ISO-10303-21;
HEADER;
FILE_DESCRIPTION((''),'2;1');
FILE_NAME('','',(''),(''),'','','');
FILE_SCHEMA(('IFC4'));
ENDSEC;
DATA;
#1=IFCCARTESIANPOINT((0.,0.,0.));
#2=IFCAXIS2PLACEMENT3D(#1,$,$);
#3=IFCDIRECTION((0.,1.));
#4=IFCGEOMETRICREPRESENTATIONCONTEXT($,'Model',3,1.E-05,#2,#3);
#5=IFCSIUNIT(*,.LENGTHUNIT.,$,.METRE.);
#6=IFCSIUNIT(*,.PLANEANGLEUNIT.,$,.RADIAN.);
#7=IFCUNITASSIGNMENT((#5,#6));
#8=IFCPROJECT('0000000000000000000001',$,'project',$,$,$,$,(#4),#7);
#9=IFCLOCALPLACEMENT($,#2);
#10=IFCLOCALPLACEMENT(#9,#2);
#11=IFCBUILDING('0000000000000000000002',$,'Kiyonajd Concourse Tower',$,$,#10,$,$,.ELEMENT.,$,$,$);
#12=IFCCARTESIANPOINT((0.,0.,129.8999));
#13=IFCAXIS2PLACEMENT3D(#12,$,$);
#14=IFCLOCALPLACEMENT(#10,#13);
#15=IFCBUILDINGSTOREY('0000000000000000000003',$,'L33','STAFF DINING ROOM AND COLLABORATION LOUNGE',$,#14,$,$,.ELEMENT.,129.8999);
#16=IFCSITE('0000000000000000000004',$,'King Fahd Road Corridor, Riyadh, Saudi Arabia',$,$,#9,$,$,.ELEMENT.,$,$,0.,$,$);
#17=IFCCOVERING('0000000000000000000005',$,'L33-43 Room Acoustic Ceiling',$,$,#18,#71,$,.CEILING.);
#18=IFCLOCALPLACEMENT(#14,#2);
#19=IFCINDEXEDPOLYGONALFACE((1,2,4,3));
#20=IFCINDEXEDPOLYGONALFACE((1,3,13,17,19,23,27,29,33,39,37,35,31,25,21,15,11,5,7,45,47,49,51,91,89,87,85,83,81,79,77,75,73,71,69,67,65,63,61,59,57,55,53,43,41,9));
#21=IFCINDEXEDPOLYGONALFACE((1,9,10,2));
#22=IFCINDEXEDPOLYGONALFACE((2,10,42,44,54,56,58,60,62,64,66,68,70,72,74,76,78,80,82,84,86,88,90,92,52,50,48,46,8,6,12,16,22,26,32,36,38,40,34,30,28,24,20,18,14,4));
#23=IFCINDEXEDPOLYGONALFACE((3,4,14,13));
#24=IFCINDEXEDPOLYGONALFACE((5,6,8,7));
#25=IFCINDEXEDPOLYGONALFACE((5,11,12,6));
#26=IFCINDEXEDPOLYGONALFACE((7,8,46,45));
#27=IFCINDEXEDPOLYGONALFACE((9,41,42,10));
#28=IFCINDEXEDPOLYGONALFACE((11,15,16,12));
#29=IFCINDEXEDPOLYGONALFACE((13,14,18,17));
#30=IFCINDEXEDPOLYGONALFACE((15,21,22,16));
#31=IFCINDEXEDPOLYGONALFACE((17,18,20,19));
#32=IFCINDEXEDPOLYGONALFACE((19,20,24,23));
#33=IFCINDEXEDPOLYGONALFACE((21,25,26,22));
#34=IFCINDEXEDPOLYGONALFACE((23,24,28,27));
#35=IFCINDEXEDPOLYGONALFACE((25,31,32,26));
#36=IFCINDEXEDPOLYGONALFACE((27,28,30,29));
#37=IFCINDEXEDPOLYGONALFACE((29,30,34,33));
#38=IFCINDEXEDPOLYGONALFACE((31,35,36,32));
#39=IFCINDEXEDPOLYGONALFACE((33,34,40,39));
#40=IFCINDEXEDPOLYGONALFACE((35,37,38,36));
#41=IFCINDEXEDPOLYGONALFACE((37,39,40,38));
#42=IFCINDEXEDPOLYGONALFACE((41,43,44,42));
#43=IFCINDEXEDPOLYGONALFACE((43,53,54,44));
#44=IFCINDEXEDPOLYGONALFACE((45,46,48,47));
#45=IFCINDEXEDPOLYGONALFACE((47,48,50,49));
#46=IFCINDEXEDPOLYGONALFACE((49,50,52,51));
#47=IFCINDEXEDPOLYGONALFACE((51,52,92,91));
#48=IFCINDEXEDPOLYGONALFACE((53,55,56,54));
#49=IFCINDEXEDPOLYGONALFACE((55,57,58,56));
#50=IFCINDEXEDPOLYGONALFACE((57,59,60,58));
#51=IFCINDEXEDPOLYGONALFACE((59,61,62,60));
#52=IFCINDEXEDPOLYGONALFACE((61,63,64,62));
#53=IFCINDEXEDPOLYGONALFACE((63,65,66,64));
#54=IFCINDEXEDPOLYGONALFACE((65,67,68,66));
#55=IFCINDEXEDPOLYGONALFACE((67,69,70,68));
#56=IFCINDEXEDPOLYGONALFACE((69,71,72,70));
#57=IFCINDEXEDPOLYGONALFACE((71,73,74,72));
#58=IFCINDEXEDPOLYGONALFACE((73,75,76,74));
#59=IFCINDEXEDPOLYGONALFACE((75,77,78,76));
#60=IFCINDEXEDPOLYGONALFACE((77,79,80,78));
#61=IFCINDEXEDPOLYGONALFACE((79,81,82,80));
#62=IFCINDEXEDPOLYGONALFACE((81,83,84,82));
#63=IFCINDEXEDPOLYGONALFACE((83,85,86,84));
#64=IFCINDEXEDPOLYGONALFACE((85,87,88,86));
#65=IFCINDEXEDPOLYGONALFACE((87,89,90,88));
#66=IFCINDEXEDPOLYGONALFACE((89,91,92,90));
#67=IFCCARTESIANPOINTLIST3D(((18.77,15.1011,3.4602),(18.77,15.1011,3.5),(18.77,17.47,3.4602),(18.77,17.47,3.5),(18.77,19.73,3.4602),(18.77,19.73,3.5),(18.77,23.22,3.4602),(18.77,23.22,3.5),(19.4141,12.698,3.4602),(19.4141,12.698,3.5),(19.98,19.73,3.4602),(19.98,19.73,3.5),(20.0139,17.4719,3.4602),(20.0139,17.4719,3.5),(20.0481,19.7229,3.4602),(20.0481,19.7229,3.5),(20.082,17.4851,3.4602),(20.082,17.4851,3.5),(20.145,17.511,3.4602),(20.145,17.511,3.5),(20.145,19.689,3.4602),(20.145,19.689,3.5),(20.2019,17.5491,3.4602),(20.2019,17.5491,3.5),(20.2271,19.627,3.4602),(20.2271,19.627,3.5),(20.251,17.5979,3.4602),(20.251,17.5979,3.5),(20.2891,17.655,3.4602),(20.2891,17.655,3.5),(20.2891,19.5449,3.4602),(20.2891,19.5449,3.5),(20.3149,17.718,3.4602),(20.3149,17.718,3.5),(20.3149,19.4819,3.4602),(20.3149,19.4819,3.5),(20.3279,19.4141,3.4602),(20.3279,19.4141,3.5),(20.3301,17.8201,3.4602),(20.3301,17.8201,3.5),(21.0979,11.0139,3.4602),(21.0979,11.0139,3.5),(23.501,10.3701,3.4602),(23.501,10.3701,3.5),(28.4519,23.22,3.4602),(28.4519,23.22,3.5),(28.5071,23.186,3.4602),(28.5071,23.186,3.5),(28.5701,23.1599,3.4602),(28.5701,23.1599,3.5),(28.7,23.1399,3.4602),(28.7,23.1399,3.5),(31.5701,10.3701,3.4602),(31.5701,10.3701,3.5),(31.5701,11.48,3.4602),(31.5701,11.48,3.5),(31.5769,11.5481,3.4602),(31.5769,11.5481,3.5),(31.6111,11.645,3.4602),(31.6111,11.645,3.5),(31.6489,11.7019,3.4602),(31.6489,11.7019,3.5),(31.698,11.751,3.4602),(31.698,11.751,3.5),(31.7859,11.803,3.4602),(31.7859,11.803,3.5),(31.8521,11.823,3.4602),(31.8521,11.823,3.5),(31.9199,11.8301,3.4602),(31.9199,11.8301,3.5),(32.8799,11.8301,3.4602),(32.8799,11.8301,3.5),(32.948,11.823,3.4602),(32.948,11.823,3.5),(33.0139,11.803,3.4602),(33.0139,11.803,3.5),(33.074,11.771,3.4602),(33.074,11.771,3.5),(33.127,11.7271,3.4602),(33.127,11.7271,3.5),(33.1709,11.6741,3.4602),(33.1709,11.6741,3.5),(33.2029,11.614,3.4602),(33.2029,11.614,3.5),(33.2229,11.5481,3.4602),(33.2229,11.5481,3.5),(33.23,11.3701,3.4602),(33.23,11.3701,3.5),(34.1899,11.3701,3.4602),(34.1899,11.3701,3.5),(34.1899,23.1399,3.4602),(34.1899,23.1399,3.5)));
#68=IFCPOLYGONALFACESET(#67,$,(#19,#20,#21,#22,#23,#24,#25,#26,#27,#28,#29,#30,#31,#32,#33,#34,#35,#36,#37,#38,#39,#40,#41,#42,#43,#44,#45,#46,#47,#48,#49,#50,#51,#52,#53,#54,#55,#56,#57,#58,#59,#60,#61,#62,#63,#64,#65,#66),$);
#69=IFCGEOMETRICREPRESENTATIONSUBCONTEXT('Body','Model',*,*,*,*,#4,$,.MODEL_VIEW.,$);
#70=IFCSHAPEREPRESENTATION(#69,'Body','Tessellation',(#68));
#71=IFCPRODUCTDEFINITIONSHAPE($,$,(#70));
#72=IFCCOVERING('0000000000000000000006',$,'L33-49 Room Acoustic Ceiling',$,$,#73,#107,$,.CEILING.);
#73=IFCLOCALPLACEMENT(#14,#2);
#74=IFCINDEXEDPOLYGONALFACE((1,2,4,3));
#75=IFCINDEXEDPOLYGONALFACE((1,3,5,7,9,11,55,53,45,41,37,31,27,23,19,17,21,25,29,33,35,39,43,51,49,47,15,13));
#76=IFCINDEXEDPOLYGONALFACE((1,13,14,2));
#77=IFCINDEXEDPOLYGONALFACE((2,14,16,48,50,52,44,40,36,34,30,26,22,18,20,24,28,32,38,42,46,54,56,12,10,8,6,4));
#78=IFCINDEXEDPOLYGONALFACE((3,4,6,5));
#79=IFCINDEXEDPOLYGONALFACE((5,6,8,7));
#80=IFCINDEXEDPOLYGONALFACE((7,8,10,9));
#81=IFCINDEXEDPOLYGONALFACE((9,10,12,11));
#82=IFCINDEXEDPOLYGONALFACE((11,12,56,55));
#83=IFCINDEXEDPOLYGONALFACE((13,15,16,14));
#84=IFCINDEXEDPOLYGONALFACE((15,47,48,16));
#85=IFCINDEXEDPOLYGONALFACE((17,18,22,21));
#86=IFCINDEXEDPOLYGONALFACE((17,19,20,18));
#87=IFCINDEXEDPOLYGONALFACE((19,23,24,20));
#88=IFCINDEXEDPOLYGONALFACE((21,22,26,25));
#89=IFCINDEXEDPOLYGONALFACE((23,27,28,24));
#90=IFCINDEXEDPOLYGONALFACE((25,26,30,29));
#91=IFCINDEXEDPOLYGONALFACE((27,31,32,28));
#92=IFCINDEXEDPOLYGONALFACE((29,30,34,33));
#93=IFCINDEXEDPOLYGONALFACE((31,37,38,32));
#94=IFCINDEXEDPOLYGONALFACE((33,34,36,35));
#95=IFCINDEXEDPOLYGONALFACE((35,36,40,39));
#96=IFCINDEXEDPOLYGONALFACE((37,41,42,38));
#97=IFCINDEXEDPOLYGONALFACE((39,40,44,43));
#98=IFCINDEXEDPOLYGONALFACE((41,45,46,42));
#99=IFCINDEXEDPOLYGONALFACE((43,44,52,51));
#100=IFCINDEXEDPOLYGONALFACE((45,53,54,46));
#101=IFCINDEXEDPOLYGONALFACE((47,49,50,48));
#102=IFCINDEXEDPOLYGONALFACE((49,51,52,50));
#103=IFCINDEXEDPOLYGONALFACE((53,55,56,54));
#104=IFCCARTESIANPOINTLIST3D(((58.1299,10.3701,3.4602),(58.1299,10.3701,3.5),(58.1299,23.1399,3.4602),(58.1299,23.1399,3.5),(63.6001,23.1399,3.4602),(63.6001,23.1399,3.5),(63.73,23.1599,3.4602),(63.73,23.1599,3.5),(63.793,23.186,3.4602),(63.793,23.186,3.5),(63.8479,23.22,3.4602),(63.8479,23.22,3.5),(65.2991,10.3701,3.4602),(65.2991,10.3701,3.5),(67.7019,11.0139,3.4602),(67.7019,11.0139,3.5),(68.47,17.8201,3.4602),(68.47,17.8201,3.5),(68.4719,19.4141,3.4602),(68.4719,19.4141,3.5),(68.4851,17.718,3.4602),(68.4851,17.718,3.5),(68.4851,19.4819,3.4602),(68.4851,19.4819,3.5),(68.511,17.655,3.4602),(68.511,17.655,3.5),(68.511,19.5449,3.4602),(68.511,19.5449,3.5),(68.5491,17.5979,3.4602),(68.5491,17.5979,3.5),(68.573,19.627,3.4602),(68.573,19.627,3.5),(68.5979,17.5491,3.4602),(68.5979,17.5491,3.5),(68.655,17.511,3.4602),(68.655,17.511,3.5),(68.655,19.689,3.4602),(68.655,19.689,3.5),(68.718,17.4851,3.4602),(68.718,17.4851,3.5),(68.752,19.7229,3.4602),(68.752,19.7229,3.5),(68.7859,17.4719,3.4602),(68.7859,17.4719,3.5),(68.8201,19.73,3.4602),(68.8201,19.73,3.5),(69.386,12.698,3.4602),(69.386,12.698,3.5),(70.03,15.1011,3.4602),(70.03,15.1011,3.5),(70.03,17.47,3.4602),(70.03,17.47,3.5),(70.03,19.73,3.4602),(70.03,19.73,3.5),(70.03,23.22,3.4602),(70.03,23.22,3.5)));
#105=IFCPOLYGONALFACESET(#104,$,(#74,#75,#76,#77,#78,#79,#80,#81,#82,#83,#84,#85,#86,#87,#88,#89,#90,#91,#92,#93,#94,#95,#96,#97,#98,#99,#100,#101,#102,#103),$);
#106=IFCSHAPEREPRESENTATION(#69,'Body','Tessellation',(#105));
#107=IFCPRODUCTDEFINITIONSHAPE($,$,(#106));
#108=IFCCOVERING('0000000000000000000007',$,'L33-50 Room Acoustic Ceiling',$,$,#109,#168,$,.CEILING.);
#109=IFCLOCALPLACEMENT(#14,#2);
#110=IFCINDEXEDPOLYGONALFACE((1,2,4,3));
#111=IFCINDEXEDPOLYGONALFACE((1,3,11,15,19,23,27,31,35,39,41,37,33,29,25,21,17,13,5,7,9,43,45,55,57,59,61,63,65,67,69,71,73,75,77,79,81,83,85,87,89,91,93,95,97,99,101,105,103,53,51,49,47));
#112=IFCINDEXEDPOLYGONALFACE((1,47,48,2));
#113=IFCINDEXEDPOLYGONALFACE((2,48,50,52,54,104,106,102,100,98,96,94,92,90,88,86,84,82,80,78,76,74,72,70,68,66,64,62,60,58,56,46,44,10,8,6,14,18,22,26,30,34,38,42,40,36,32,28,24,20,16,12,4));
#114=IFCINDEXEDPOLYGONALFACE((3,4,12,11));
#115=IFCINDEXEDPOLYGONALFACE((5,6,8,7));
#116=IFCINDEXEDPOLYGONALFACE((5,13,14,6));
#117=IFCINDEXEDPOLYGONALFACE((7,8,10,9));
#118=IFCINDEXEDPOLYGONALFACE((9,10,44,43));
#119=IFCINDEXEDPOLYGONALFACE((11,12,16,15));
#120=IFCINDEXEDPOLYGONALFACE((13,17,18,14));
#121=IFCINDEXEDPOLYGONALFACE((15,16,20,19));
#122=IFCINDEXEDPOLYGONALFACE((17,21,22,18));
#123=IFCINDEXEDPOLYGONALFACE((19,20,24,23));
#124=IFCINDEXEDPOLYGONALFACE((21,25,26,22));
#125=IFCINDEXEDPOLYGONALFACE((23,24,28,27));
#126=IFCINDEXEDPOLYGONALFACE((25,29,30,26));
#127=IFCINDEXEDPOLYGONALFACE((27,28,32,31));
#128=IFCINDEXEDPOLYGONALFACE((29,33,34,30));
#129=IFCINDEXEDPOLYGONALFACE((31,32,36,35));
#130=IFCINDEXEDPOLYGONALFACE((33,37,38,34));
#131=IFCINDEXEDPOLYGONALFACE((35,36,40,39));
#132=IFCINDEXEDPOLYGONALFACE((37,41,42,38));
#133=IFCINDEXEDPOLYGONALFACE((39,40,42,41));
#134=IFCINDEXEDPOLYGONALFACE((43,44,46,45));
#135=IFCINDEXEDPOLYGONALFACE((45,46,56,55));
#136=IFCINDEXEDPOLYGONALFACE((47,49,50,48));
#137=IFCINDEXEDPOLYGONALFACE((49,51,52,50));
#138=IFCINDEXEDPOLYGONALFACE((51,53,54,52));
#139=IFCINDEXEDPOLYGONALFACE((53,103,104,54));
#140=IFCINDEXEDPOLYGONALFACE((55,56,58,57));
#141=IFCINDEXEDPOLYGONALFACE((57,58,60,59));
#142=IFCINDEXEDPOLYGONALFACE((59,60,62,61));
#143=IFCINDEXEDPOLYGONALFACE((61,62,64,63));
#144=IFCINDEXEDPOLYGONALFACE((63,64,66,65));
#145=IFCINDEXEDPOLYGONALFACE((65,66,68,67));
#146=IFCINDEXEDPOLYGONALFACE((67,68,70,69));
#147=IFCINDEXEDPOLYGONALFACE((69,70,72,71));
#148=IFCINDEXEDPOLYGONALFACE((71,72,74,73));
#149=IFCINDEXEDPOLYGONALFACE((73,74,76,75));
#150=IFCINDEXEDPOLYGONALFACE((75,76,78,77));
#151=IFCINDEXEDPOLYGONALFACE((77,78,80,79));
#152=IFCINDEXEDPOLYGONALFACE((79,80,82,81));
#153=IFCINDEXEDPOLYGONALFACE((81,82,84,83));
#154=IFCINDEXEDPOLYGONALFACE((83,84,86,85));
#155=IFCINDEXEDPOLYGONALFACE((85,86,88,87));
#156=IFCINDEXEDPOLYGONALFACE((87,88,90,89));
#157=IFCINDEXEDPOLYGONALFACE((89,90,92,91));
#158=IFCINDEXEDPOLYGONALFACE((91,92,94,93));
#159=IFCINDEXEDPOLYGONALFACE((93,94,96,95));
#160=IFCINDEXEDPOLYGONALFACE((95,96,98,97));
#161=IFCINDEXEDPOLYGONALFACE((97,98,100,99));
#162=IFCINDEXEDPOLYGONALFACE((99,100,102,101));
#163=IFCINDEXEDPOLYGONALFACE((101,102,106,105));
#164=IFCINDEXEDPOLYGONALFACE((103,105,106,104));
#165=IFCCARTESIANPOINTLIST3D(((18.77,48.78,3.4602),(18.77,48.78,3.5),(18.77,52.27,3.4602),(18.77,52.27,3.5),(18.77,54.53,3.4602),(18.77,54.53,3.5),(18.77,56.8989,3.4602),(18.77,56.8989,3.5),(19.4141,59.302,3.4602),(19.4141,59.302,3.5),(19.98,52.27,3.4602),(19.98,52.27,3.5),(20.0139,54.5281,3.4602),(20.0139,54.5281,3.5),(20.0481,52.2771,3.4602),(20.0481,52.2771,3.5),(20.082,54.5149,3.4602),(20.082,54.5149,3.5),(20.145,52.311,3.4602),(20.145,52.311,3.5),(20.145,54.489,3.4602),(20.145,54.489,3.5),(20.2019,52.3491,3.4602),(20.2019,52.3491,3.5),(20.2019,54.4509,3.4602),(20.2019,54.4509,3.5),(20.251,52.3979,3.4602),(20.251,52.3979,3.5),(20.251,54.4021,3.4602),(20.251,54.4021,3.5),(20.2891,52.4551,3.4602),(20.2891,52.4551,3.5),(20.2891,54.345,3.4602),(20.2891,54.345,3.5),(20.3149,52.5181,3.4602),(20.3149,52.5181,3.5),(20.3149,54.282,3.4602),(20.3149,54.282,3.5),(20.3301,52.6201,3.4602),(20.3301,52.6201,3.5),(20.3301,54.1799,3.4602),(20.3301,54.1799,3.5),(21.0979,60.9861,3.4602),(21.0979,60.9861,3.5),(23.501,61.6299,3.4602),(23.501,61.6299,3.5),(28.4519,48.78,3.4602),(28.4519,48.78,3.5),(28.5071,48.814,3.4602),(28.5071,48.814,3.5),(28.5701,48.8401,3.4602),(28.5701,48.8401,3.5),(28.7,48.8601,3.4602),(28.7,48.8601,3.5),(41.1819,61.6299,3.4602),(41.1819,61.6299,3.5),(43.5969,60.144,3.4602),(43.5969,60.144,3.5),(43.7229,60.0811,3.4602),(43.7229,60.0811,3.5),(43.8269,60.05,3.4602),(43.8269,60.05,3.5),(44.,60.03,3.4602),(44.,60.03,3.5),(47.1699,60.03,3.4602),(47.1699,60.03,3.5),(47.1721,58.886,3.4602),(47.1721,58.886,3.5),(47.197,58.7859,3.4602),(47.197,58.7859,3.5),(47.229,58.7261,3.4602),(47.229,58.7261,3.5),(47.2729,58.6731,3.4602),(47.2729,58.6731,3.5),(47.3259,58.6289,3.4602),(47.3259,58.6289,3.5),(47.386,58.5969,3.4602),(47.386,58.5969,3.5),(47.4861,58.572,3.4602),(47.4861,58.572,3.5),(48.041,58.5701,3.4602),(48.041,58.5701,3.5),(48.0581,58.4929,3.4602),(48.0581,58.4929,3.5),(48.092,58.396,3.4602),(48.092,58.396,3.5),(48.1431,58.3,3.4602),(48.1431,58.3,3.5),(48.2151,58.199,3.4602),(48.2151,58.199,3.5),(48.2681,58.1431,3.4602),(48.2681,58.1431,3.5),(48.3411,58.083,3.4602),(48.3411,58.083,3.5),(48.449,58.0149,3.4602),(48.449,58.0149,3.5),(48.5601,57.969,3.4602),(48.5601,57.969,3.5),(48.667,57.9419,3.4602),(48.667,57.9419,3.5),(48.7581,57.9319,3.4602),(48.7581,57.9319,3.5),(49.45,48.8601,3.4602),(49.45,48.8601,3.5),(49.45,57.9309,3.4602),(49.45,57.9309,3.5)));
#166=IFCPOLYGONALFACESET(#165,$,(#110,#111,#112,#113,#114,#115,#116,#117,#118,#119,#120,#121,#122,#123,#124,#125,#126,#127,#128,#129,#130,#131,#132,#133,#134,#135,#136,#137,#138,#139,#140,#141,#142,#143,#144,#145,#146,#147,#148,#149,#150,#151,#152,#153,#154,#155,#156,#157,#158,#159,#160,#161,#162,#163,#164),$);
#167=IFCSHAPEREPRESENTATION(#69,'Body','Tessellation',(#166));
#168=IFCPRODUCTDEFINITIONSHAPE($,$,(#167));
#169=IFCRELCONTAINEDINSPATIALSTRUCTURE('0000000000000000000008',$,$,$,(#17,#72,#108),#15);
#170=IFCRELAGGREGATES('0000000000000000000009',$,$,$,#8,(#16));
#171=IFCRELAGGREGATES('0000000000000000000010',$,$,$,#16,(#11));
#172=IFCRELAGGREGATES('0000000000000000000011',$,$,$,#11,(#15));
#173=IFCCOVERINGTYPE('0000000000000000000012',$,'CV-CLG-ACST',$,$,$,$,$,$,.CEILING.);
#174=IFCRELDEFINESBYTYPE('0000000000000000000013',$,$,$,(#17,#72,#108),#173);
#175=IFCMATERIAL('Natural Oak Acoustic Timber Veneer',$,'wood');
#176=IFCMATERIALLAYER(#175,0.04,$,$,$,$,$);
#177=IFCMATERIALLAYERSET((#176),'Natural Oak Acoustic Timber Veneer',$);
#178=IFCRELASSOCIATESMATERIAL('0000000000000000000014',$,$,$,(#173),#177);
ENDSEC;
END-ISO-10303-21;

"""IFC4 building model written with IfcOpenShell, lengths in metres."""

from ifc_helpers import new_model, si_unit, direction, frame, origin, place, context, subcontext, project, spatial, polyline, outline, extrude, material, layer, layer_set, type_object, element, save


model = new_model("IFC4")

# Units and contexts
model_context = context("Model", 3, precision=1e-05, world=origin(), true_north=direction((0.0, 1.0)))
body_context = subcontext(model_context, "Body", "Model", "MODEL_VIEW")
ifc_project = project(units=[si_unit("LENGTHUNIT", "METRE"), si_unit("PLANEANGLEUNIT", "RADIAN")], contexts=[model_context])

# Site, building, storey
site_placement = place(None, origin())
site = spatial("IfcSite", under=ifc_project, at=site_placement, Name="King Fahd Road Corridor, Riyadh, Saudi Arabia", CompositionType="ELEMENT", RefElevation=0.0)
building_placement = place(site_placement, origin())
building = spatial("IfcBuilding", under=site, at=building_placement, Name="Kiyonajd Concourse Tower", CompositionType="ELEMENT")
storey_placement = place(building_placement, frame((0.0, 0.0, 129.8999)))
storey = spatial("IfcBuildingStorey", under=building, at=storey_placement, Name="L33", Description="STAFF DINING ROOM AND COLLABORATION LOUNGE", CompositionType="ELEMENT", Elevation=129.8999)

# Shared definitions
ifc_material_1 = material(Name="Natural Oak Acoustic Timber Veneer", Category="wood")

# Coverings
ifc_layer_1 = layer(ifc_material_1, 0.04)
ifc_layer_set_1 = layer_set([ifc_layer_1], Name="Natural Oak Acoustic Timber Veneer")
covering_type = type_object("IfcCoveringType", Name="CV-CLG-ACST", PredefinedType="CEILING", material=ifc_layer_set_1)
covering_1_placement = place(storey_placement, frame((0.0, 0.0, 3.4602)))
element("IfcCovering", 1, at=covering_1_placement, inside=storey, type_object=covering_type, Name="L33-43 Room Acoustic Ceiling", PredefinedType="CEILING", context=body_context, shape_type="SweptSolid", body=[
    extrude(outline(polyline([(19.4141, 12.698), (18.77, 15.1011), (18.77, 17.47), (20.0139, 17.4719), (20.082, 17.4851), (20.145, 17.511), (20.2019, 17.5491), (20.251, 17.5979), (20.2891, 17.655), (20.3149, 17.718), (20.3301, 17.8201), (20.3279, 19.4141), (20.3149, 19.4819), (20.2891, 19.5449), (20.2271, 19.627), (20.145, 19.689), (20.0481, 19.7229), (19.98, 19.73), (18.77, 19.73), (18.77, 23.22), (28.4519, 23.22), (28.5071, 23.186), (28.5701, 23.1599), (28.7, 23.1399), (34.1899, 23.1399), (34.1899, 11.3701), (33.23, 11.3701), (33.2229, 11.5481), (33.2029, 11.614), (33.1709, 11.6741), (33.127, 11.7271), (33.074, 11.771), (33.0139, 11.803), (32.948, 11.823), (32.8799, 11.8301), (31.9199, 11.8301), (31.8521, 11.823), (31.7859, 11.803), (31.698, 11.751), (31.6489, 11.7019), (31.6111, 11.645), (31.5769, 11.5481), (31.5701, 11.48), (31.5701, 10.3701), (23.501, 10.3701), (21.0979, 11.0139), (19.4141, 12.698)])), origin(), (0.0, 0.0, 1.0), 0.0398),
])
covering_2_placement = place(storey_placement, frame((0.0, 0.0, 3.4602)))
element("IfcCovering", 2, at=covering_2_placement, inside=storey, type_object=covering_type, Name="L33-49 Room Acoustic Ceiling", PredefinedType="CEILING", context=body_context, shape_type="SweptSolid", body=[
    extrude(outline(polyline([(63.8479, 23.22), (70.03, 23.22), (70.03, 19.73), (68.8201, 19.73), (68.752, 19.7229), (68.655, 19.689), (68.573, 19.627), (68.511, 19.5449), (68.4851, 19.4819), (68.4719, 19.4141), (68.47, 17.8201), (68.4851, 17.718), (68.511, 17.655), (68.5491, 17.5979), (68.5979, 17.5491), (68.655, 17.511), (68.718, 17.4851), (68.7859, 17.4719), (70.03, 17.47), (70.03, 15.1011), (69.386, 12.698), (67.7019, 11.0139), (65.2991, 10.3701), (58.1299, 10.3701), (58.1299, 23.1399), (63.6001, 23.1399), (63.73, 23.1599), (63.793, 23.186), (63.8479, 23.22)])), origin(), (0.0, 0.0, 1.0), 0.0398),
])
covering_3_placement = place(storey_placement, frame((0.0, 0.0, 3.4602)))
element("IfcCovering", 3, at=covering_3_placement, inside=storey, type_object=covering_type, Name="L33-50 Room Acoustic Ceiling", PredefinedType="CEILING", context=body_context, shape_type="SweptSolid", body=[
    extrude(outline(polyline([(21.0979, 60.9861), (23.501, 61.6299), (41.1819, 61.6299), (43.5969, 60.144), (43.7229, 60.0811), (43.8269, 60.05), (44.0, 60.03), (47.1699, 60.03), (47.1721, 58.886), (47.197, 58.7859), (47.229, 58.7261), (47.2729, 58.6731), (47.3259, 58.6289), (47.386, 58.5969), (47.4861, 58.572), (48.041, 58.5701), (48.0581, 58.4929), (48.092, 58.396), (48.1431, 58.3), (48.2151, 58.199), (48.2681, 58.1431), (48.3411, 58.083), (48.449, 58.0149), (48.5601, 57.969), (48.667, 57.9419), (48.7581, 57.9319), (49.45, 57.9309), (49.45, 48.8601), (28.7, 48.8601), (28.5701, 48.8401), (28.5071, 48.814), (28.4519, 48.78), (18.77, 48.78), (18.77, 52.27), (19.98, 52.27), (20.0481, 52.2771), (20.145, 52.311), (20.2019, 52.3491), (20.251, 52.3979), (20.2891, 52.4551), (20.3149, 52.5181), (20.3301, 52.6201), (20.3301, 54.1799), (20.3149, 54.282), (20.2891, 54.345), (20.251, 54.4021), (20.2019, 54.4509), (20.145, 54.489), (20.082, 54.5149), (20.0139, 54.5281), (18.77, 54.53), (18.77, 56.8989), (19.4141, 59.302), (21.0979, 60.9861)])), origin(), (0.0, 0.0, 1.0), 0.0398),
])

save(model, "model.ifc")
